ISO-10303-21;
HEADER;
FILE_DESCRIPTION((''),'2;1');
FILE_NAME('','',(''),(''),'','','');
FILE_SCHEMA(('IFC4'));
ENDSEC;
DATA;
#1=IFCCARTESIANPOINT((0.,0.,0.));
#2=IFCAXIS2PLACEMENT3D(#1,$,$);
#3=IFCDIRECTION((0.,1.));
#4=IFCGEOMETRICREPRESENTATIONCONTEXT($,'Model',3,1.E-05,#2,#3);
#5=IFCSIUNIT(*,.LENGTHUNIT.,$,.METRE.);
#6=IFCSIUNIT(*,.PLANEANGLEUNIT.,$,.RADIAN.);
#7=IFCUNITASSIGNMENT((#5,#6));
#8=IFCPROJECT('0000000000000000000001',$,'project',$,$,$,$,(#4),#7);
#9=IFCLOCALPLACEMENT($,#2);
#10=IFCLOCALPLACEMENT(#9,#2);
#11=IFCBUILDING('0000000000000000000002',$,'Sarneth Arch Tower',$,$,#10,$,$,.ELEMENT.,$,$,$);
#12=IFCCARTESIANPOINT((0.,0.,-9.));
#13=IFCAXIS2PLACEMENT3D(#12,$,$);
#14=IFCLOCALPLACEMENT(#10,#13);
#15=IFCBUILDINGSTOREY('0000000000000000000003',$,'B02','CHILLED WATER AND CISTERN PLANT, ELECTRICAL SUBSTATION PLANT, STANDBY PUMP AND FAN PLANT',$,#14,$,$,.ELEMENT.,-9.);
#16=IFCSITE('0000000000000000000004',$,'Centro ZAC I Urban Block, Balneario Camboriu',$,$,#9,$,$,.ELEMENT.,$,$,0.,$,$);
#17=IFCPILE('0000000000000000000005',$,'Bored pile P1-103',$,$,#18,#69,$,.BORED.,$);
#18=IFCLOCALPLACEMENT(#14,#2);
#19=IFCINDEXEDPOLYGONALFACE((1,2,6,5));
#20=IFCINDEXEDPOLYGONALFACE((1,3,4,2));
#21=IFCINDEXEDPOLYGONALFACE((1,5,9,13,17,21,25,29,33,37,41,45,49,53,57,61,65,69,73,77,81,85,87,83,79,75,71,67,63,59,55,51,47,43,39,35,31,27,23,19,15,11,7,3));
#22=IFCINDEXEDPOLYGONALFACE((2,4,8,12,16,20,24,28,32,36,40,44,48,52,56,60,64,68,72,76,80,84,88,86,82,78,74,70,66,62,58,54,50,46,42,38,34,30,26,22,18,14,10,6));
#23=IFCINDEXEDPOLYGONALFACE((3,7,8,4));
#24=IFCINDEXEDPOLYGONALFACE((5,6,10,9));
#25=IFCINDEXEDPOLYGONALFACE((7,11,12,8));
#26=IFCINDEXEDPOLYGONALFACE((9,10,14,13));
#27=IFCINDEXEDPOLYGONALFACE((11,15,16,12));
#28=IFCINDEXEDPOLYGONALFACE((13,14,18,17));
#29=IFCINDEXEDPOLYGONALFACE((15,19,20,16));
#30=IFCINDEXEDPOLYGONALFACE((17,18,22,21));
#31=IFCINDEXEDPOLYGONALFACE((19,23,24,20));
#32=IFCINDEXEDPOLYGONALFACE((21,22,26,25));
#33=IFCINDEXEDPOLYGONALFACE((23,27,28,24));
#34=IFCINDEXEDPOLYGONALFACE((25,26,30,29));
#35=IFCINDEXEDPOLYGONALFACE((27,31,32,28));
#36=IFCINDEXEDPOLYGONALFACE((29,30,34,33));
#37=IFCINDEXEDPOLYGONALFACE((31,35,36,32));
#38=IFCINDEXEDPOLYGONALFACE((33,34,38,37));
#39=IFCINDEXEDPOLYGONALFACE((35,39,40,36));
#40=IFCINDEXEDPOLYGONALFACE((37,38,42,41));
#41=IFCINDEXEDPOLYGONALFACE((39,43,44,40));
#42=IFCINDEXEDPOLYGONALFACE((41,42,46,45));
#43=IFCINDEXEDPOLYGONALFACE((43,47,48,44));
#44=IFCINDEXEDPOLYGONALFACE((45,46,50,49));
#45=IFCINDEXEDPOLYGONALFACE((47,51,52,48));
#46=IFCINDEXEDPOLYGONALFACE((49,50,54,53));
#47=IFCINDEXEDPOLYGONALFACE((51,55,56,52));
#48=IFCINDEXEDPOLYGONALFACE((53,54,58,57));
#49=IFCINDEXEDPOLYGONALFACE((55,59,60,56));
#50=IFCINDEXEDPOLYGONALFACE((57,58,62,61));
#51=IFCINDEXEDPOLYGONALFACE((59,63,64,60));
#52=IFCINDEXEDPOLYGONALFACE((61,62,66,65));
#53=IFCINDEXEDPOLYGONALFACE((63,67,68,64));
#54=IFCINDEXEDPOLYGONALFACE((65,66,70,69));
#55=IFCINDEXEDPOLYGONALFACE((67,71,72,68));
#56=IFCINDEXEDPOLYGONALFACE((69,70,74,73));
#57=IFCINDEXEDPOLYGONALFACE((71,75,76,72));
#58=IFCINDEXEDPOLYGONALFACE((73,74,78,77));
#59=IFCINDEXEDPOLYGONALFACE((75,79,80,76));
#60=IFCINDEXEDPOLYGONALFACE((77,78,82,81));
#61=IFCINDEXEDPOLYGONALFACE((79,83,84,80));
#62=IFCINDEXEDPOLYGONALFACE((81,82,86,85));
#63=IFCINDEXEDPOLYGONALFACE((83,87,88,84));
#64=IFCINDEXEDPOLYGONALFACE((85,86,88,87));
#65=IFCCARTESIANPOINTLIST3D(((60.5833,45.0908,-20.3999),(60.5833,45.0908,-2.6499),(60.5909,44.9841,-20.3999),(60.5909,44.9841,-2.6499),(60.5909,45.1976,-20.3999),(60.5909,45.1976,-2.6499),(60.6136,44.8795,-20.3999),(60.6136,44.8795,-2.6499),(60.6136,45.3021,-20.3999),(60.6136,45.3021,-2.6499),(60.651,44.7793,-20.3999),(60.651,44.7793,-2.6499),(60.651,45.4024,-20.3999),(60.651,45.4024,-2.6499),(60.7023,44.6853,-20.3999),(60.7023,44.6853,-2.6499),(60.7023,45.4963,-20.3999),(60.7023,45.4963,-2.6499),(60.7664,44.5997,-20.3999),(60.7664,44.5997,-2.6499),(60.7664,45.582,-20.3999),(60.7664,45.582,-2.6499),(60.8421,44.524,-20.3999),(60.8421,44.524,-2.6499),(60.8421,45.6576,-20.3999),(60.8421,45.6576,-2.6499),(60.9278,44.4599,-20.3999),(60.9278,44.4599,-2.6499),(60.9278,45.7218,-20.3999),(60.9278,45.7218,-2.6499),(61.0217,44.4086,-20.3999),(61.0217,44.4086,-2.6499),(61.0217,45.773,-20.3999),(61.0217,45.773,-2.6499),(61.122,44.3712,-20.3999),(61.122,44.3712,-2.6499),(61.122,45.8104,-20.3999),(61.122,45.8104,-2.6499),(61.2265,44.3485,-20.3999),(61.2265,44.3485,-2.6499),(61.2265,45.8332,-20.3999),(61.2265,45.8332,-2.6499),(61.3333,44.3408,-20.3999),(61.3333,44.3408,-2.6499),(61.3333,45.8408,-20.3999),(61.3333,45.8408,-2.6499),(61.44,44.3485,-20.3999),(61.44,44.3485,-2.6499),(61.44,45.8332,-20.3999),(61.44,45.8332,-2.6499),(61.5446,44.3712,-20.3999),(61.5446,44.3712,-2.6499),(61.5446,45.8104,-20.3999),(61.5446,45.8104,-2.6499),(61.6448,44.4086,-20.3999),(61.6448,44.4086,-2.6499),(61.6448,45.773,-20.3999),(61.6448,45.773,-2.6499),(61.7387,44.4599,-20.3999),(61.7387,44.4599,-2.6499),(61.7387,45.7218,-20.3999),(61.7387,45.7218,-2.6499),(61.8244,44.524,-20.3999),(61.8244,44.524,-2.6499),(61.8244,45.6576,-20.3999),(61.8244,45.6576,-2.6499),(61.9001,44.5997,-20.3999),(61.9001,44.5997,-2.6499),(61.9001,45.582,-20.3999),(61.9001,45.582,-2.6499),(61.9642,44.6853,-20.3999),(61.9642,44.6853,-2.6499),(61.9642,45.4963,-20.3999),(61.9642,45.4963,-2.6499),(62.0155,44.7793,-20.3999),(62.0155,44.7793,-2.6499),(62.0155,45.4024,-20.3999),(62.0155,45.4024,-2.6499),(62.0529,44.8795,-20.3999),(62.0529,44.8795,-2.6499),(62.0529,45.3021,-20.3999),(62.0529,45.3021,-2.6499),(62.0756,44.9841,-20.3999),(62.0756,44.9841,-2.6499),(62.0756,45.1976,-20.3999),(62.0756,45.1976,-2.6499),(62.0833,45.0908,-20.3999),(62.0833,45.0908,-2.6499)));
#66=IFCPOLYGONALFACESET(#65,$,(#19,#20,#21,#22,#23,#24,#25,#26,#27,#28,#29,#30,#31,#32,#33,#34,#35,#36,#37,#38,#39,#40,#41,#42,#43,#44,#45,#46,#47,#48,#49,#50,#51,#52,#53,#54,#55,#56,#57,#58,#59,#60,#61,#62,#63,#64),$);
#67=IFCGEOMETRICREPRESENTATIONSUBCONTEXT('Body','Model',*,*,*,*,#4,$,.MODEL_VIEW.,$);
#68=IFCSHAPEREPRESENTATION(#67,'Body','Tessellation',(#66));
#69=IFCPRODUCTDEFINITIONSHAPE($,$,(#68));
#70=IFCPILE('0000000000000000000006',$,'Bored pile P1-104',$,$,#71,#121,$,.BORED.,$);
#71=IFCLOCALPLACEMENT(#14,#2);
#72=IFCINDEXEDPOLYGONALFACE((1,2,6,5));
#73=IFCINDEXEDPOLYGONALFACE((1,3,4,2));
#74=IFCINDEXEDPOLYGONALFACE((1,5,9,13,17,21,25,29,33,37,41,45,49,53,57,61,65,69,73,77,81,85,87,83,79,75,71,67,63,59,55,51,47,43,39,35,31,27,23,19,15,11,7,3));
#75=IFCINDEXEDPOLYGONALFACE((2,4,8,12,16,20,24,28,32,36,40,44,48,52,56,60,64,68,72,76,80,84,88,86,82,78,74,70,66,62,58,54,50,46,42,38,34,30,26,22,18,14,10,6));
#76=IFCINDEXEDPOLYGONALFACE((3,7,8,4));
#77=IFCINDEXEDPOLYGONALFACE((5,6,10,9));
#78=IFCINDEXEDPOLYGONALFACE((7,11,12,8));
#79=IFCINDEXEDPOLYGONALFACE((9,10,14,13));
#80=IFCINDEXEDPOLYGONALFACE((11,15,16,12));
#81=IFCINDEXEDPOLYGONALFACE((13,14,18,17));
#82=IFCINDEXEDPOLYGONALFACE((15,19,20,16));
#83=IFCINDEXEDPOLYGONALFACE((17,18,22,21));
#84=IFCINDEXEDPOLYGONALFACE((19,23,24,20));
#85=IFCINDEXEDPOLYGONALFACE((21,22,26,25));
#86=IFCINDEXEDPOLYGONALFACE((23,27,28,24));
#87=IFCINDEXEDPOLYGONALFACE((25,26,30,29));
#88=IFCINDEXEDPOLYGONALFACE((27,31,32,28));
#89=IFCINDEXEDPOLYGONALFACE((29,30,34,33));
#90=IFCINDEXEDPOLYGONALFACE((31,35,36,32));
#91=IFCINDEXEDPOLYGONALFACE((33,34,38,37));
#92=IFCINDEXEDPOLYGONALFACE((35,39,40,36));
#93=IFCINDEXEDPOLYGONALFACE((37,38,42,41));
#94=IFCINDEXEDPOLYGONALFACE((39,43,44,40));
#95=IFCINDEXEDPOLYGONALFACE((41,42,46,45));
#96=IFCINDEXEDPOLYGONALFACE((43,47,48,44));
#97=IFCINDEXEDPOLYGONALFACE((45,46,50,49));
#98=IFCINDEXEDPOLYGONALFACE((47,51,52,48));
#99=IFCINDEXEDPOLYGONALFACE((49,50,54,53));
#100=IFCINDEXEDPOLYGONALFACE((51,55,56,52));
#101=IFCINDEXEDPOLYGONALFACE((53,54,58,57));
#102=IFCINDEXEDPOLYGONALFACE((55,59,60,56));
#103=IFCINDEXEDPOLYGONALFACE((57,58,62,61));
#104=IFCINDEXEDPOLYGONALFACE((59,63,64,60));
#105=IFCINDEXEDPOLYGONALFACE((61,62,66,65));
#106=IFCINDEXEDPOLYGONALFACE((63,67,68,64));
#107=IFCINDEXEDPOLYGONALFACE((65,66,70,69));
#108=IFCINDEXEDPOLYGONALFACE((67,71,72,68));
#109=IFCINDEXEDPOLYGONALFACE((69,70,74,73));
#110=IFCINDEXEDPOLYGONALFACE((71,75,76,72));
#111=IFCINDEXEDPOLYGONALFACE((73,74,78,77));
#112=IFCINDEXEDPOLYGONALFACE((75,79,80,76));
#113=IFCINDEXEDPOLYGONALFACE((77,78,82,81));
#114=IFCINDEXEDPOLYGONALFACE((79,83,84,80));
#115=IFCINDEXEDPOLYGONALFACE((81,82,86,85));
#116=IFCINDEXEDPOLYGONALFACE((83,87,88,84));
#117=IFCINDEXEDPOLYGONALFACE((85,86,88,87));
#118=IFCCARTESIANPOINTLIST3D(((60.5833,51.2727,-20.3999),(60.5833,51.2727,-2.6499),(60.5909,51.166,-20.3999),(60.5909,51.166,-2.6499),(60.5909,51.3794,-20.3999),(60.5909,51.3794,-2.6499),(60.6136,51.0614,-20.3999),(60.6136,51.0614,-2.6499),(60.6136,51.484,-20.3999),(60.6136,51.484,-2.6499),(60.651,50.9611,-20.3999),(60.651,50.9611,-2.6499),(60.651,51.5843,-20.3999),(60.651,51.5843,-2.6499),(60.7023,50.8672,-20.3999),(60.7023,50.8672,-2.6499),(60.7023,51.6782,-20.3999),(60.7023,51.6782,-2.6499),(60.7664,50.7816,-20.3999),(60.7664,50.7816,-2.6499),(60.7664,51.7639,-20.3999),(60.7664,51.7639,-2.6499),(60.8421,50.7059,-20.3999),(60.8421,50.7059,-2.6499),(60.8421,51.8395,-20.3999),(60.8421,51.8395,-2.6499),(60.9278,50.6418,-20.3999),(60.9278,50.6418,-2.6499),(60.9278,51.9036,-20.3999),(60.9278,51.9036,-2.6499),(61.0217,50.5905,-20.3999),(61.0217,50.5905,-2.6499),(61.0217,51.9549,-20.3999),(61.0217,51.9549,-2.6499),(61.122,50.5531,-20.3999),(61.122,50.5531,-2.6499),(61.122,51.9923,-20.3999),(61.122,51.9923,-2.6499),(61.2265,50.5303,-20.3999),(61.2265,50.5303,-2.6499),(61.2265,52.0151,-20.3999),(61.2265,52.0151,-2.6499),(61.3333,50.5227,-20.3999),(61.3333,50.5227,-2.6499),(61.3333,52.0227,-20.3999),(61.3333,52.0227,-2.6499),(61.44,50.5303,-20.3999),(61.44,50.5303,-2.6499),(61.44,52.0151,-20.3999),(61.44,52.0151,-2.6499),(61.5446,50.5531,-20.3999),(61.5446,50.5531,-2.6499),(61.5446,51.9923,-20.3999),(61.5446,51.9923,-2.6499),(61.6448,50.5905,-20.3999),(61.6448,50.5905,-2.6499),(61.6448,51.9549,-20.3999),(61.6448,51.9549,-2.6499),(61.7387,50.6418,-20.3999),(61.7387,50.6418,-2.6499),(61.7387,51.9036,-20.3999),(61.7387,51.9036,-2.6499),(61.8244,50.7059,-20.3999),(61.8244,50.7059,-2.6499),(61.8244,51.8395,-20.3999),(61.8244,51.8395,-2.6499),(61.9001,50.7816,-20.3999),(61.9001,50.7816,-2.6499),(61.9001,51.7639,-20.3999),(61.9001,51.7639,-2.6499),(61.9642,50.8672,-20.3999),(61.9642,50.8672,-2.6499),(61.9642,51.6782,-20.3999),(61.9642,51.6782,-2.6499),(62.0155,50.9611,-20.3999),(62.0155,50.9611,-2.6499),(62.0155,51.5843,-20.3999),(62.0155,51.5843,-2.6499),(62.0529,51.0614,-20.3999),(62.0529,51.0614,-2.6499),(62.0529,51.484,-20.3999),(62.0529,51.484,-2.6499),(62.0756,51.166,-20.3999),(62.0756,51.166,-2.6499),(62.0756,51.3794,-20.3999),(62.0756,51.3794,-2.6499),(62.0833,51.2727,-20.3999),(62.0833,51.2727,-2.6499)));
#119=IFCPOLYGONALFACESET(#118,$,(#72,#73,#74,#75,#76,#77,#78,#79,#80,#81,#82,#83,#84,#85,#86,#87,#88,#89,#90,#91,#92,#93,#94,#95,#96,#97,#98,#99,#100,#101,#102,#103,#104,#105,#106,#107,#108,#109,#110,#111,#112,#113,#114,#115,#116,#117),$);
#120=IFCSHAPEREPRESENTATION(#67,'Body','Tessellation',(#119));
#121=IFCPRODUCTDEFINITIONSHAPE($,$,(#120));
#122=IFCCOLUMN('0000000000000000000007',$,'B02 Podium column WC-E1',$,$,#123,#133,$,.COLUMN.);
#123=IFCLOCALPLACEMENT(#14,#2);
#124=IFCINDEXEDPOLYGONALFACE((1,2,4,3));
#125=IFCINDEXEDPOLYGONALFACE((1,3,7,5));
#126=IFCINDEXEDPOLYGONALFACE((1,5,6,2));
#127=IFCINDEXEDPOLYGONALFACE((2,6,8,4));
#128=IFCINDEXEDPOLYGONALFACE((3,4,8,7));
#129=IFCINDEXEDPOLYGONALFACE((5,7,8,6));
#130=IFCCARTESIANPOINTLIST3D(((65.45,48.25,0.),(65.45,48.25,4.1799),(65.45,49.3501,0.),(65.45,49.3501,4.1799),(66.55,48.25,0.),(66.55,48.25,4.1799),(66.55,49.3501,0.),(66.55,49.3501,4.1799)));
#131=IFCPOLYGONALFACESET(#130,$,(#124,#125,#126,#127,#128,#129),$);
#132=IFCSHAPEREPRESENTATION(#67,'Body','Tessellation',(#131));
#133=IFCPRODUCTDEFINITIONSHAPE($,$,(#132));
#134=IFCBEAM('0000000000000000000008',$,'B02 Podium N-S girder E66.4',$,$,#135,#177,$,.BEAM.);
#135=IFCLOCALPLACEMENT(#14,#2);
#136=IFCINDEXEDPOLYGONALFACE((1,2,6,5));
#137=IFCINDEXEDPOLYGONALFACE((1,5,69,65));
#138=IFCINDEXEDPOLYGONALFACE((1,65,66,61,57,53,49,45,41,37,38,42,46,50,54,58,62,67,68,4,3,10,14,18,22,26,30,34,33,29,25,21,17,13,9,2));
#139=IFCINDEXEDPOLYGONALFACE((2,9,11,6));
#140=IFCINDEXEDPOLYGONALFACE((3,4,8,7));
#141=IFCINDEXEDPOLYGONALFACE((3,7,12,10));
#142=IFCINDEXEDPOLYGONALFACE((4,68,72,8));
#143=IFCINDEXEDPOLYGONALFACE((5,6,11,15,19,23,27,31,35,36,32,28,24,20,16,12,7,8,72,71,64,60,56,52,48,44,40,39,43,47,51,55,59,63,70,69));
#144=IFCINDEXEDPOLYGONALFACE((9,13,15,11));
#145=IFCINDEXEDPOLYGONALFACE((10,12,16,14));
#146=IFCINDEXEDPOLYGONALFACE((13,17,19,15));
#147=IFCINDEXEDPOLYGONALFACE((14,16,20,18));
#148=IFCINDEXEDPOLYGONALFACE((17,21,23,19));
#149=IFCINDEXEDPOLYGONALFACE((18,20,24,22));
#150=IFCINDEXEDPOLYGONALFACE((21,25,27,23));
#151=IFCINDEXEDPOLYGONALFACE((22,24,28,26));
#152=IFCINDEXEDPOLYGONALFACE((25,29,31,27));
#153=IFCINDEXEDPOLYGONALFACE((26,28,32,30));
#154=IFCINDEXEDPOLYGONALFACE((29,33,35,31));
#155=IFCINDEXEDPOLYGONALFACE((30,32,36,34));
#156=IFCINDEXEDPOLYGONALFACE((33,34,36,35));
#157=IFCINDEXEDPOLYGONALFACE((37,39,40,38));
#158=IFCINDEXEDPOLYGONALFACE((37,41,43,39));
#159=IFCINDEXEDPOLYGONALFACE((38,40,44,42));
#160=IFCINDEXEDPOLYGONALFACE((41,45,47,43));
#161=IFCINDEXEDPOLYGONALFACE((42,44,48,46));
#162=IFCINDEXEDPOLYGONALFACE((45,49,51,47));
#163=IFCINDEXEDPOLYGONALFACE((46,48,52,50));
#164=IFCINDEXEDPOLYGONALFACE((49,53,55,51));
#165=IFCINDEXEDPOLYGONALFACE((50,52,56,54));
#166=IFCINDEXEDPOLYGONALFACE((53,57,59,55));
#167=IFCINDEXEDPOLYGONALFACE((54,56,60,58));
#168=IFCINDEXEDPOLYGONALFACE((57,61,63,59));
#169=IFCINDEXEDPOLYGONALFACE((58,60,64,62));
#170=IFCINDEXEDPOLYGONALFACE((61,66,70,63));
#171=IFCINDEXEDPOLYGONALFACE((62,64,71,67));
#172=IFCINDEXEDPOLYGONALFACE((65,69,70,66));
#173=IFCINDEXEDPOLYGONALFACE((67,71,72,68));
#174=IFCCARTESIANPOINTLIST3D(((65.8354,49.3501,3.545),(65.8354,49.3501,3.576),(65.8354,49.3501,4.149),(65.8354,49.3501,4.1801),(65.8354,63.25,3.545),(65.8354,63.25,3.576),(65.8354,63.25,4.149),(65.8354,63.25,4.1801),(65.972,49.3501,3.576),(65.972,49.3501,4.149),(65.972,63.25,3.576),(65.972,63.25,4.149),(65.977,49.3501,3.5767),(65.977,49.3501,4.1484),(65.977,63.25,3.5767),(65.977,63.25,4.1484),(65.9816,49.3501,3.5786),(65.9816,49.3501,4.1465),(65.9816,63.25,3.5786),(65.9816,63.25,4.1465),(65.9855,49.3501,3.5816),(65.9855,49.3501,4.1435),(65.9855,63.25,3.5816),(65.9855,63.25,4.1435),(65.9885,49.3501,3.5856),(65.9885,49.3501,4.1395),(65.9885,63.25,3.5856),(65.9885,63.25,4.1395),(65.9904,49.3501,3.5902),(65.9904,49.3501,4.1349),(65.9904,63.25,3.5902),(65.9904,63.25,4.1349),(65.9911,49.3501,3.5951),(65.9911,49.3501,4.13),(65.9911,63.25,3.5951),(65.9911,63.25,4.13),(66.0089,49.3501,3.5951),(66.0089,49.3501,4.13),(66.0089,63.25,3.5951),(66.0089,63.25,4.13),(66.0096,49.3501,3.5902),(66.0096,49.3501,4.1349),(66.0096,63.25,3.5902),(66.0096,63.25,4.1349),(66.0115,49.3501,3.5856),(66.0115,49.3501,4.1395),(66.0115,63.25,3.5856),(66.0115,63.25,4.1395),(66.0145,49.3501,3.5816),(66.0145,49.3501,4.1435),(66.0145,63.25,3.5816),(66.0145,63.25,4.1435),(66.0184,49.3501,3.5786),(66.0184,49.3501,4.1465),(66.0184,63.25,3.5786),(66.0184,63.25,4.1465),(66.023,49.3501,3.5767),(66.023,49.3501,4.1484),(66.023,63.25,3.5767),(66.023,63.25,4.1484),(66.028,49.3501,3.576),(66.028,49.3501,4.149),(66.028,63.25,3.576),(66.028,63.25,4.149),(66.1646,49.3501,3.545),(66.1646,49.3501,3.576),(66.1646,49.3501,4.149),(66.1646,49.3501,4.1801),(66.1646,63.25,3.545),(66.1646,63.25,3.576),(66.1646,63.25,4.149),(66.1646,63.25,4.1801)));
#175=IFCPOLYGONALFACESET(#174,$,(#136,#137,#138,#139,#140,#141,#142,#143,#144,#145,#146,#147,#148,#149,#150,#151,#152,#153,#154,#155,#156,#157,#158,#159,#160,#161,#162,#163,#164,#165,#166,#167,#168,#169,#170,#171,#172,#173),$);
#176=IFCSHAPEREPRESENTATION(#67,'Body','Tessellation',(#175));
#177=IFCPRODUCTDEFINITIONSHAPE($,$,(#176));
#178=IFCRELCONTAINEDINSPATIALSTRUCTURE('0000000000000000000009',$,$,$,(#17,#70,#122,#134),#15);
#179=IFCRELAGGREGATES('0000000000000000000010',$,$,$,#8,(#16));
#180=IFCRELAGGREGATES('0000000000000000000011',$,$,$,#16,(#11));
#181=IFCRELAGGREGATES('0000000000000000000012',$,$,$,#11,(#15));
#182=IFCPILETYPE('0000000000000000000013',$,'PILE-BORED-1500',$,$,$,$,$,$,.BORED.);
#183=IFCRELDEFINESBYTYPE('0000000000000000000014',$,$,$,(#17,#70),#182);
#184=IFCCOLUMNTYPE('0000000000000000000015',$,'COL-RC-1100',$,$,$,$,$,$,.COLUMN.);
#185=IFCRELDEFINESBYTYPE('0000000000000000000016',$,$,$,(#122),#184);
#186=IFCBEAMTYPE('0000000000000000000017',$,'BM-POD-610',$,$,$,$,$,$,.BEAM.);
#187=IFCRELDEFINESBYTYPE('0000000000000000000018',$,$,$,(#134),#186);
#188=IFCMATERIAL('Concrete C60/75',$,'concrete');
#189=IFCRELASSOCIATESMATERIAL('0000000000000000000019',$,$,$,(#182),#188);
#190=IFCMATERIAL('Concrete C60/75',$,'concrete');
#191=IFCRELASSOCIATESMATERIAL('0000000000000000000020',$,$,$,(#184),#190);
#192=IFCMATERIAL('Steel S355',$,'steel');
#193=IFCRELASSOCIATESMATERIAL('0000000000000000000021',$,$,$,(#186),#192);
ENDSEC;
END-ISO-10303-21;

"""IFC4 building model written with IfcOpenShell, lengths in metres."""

from ifc_helpers import new_model, si_unit, direction, frame, origin, origin_2d, place, context, subcontext, project, spatial, rectangle, circle, i_section, extrude, material, material_profile, profile_set, type_object, element, save


model = new_model("IFC4")

# Units and contexts
model_context = context("Model", 3, precision=1e-05, world=origin(), true_north=direction((0.0, 1.0)))
body_context = subcontext(model_context, "Body", "Model", "MODEL_VIEW")
ifc_project = project(units=[si_unit("LENGTHUNIT", "METRE"), si_unit("PLANEANGLEUNIT", "RADIAN")], contexts=[model_context])

# Site, building, storey
site_placement = place(None, origin())
site = spatial("IfcSite", under=ifc_project, at=site_placement, Name="Centro ZAC I Urban Block, Balneario Camboriu", CompositionType="ELEMENT", RefElevation=0.0)
building_placement = place(site_placement, origin())
building = spatial("IfcBuilding", under=site, at=building_placement, Name="Sarneth Arch Tower", CompositionType="ELEMENT")
storey_placement = place(building_placement, frame((0.0, 0.0, -9.0)))
storey = spatial("IfcBuildingStorey", under=building, at=storey_placement, Name="B02", Description="CHILLED WATER AND CISTERN PLANT, ELECTRICAL SUBSTATION PLANT, STANDBY PUMP AND FAN PLANT", CompositionType="ELEMENT", Elevation=-9.0)

# Piles
ifc_material_1 = material(Name="Concrete C60/75", Category="concrete")
ifc_material_profile_1 = material_profile(ifc_material_1, circle(Radius=0.75, at=origin_2d()), Name="PILE-D1500")
ifc_profile_set_1 = profile_set([ifc_material_profile_1], Name="Concrete C60/75")
pile_type = type_object("IfcPileType", Name="PILE-BORED-1500", PredefinedType="BORED", material=ifc_profile_set_1)
for number, where, z_axis, x_axis, name in (
    (1, (61.3333, 45.0908, -2.6499), (0.0, 0.0, -1.0), (1.0, 0.0, 0.0), "Bored pile P1-103"),
    (2, (61.3333, 51.2727, -2.6499), (0.0, 0.0, -1.0), (1.0, 0.0, 0.0), "Bored pile P1-104"),
):
    element("IfcPile", number, at=place(storey_placement, frame(where, z_axis=z_axis, x_axis=x_axis)), inside=storey, type_object=pile_type, Name=name, PredefinedType="BORED", context=body_context, shape_type="SweptSolid", body=[
        extrude(circle(Radius=0.75, at=origin_2d()), origin(), (0.0, 0.0, 1.0), 17.75),
    ])

# Column
ifc_material_2 = material(Name="Concrete C60/75", Category="concrete")
ifc_material_profile_2 = material_profile(ifc_material_2, rectangle(XDim=1.1001, YDim=1.1001, at=origin_2d()), Name="RC-1100x1100")
ifc_profile_set_2 = profile_set([ifc_material_profile_2], Name="Concrete C60/75")
column_type = type_object("IfcColumnType", Name="COL-RC-1100", PredefinedType="COLUMN", material=ifc_profile_set_2)
column_placement = place(storey_placement, frame((66.0, 48.8, 0.0), z_axis=(0.0, 0.0, 1.0), x_axis=(1.0, 0.0, 0.0)))
element("IfcColumn", 3, at=column_placement, inside=storey, type_object=column_type, Name="B02 Podium column WC-E1", PredefinedType="COLUMN", context=body_context, shape_type="SweptSolid", body=[
    extrude(rectangle(XDim=1.1001, YDim=1.1001, at=origin_2d()), origin(), (0.0, 0.0, 1.0), 4.1799),
])

# Beam
ifc_material_3 = material(Name="Steel S355", Category="steel")
ifc_material_profile_3 = material_profile(ifc_material_3, i_section(OverallWidth=0.3291, OverallDepth=0.635, WebThickness=0.0178, FlangeThickness=0.031, FilletRadius=0.019, at=origin_2d()), Name="W610x241")
ifc_profile_set_3 = profile_set([ifc_material_profile_3], Name="Steel S355")
beam_type = type_object("IfcBeamType", Name="BM-POD-610", PredefinedType="BEAM", material=ifc_profile_set_3)
beam_1_placement = place(storey_placement, frame((66.0, 49.3501, 3.8625), z_axis=(0.0, 1.0, 0.0), x_axis=(-1.0, 0.0, 0.0)))
element("IfcBeam", 4, at=beam_1_placement, inside=storey, type_object=beam_type, Name="B02 Podium N-S girder E66.4", PredefinedType="BEAM", context=body_context, shape_type="SweptSolid", body=[
    extrude(i_section(OverallWidth=0.3291, OverallDepth=0.635, WebThickness=0.0178, FlangeThickness=0.031, FilletRadius=0.019, at=origin_2d()), origin(), (0.0, 0.0, 1.0), 13.8999),
])

save(model, "model.ifc")
